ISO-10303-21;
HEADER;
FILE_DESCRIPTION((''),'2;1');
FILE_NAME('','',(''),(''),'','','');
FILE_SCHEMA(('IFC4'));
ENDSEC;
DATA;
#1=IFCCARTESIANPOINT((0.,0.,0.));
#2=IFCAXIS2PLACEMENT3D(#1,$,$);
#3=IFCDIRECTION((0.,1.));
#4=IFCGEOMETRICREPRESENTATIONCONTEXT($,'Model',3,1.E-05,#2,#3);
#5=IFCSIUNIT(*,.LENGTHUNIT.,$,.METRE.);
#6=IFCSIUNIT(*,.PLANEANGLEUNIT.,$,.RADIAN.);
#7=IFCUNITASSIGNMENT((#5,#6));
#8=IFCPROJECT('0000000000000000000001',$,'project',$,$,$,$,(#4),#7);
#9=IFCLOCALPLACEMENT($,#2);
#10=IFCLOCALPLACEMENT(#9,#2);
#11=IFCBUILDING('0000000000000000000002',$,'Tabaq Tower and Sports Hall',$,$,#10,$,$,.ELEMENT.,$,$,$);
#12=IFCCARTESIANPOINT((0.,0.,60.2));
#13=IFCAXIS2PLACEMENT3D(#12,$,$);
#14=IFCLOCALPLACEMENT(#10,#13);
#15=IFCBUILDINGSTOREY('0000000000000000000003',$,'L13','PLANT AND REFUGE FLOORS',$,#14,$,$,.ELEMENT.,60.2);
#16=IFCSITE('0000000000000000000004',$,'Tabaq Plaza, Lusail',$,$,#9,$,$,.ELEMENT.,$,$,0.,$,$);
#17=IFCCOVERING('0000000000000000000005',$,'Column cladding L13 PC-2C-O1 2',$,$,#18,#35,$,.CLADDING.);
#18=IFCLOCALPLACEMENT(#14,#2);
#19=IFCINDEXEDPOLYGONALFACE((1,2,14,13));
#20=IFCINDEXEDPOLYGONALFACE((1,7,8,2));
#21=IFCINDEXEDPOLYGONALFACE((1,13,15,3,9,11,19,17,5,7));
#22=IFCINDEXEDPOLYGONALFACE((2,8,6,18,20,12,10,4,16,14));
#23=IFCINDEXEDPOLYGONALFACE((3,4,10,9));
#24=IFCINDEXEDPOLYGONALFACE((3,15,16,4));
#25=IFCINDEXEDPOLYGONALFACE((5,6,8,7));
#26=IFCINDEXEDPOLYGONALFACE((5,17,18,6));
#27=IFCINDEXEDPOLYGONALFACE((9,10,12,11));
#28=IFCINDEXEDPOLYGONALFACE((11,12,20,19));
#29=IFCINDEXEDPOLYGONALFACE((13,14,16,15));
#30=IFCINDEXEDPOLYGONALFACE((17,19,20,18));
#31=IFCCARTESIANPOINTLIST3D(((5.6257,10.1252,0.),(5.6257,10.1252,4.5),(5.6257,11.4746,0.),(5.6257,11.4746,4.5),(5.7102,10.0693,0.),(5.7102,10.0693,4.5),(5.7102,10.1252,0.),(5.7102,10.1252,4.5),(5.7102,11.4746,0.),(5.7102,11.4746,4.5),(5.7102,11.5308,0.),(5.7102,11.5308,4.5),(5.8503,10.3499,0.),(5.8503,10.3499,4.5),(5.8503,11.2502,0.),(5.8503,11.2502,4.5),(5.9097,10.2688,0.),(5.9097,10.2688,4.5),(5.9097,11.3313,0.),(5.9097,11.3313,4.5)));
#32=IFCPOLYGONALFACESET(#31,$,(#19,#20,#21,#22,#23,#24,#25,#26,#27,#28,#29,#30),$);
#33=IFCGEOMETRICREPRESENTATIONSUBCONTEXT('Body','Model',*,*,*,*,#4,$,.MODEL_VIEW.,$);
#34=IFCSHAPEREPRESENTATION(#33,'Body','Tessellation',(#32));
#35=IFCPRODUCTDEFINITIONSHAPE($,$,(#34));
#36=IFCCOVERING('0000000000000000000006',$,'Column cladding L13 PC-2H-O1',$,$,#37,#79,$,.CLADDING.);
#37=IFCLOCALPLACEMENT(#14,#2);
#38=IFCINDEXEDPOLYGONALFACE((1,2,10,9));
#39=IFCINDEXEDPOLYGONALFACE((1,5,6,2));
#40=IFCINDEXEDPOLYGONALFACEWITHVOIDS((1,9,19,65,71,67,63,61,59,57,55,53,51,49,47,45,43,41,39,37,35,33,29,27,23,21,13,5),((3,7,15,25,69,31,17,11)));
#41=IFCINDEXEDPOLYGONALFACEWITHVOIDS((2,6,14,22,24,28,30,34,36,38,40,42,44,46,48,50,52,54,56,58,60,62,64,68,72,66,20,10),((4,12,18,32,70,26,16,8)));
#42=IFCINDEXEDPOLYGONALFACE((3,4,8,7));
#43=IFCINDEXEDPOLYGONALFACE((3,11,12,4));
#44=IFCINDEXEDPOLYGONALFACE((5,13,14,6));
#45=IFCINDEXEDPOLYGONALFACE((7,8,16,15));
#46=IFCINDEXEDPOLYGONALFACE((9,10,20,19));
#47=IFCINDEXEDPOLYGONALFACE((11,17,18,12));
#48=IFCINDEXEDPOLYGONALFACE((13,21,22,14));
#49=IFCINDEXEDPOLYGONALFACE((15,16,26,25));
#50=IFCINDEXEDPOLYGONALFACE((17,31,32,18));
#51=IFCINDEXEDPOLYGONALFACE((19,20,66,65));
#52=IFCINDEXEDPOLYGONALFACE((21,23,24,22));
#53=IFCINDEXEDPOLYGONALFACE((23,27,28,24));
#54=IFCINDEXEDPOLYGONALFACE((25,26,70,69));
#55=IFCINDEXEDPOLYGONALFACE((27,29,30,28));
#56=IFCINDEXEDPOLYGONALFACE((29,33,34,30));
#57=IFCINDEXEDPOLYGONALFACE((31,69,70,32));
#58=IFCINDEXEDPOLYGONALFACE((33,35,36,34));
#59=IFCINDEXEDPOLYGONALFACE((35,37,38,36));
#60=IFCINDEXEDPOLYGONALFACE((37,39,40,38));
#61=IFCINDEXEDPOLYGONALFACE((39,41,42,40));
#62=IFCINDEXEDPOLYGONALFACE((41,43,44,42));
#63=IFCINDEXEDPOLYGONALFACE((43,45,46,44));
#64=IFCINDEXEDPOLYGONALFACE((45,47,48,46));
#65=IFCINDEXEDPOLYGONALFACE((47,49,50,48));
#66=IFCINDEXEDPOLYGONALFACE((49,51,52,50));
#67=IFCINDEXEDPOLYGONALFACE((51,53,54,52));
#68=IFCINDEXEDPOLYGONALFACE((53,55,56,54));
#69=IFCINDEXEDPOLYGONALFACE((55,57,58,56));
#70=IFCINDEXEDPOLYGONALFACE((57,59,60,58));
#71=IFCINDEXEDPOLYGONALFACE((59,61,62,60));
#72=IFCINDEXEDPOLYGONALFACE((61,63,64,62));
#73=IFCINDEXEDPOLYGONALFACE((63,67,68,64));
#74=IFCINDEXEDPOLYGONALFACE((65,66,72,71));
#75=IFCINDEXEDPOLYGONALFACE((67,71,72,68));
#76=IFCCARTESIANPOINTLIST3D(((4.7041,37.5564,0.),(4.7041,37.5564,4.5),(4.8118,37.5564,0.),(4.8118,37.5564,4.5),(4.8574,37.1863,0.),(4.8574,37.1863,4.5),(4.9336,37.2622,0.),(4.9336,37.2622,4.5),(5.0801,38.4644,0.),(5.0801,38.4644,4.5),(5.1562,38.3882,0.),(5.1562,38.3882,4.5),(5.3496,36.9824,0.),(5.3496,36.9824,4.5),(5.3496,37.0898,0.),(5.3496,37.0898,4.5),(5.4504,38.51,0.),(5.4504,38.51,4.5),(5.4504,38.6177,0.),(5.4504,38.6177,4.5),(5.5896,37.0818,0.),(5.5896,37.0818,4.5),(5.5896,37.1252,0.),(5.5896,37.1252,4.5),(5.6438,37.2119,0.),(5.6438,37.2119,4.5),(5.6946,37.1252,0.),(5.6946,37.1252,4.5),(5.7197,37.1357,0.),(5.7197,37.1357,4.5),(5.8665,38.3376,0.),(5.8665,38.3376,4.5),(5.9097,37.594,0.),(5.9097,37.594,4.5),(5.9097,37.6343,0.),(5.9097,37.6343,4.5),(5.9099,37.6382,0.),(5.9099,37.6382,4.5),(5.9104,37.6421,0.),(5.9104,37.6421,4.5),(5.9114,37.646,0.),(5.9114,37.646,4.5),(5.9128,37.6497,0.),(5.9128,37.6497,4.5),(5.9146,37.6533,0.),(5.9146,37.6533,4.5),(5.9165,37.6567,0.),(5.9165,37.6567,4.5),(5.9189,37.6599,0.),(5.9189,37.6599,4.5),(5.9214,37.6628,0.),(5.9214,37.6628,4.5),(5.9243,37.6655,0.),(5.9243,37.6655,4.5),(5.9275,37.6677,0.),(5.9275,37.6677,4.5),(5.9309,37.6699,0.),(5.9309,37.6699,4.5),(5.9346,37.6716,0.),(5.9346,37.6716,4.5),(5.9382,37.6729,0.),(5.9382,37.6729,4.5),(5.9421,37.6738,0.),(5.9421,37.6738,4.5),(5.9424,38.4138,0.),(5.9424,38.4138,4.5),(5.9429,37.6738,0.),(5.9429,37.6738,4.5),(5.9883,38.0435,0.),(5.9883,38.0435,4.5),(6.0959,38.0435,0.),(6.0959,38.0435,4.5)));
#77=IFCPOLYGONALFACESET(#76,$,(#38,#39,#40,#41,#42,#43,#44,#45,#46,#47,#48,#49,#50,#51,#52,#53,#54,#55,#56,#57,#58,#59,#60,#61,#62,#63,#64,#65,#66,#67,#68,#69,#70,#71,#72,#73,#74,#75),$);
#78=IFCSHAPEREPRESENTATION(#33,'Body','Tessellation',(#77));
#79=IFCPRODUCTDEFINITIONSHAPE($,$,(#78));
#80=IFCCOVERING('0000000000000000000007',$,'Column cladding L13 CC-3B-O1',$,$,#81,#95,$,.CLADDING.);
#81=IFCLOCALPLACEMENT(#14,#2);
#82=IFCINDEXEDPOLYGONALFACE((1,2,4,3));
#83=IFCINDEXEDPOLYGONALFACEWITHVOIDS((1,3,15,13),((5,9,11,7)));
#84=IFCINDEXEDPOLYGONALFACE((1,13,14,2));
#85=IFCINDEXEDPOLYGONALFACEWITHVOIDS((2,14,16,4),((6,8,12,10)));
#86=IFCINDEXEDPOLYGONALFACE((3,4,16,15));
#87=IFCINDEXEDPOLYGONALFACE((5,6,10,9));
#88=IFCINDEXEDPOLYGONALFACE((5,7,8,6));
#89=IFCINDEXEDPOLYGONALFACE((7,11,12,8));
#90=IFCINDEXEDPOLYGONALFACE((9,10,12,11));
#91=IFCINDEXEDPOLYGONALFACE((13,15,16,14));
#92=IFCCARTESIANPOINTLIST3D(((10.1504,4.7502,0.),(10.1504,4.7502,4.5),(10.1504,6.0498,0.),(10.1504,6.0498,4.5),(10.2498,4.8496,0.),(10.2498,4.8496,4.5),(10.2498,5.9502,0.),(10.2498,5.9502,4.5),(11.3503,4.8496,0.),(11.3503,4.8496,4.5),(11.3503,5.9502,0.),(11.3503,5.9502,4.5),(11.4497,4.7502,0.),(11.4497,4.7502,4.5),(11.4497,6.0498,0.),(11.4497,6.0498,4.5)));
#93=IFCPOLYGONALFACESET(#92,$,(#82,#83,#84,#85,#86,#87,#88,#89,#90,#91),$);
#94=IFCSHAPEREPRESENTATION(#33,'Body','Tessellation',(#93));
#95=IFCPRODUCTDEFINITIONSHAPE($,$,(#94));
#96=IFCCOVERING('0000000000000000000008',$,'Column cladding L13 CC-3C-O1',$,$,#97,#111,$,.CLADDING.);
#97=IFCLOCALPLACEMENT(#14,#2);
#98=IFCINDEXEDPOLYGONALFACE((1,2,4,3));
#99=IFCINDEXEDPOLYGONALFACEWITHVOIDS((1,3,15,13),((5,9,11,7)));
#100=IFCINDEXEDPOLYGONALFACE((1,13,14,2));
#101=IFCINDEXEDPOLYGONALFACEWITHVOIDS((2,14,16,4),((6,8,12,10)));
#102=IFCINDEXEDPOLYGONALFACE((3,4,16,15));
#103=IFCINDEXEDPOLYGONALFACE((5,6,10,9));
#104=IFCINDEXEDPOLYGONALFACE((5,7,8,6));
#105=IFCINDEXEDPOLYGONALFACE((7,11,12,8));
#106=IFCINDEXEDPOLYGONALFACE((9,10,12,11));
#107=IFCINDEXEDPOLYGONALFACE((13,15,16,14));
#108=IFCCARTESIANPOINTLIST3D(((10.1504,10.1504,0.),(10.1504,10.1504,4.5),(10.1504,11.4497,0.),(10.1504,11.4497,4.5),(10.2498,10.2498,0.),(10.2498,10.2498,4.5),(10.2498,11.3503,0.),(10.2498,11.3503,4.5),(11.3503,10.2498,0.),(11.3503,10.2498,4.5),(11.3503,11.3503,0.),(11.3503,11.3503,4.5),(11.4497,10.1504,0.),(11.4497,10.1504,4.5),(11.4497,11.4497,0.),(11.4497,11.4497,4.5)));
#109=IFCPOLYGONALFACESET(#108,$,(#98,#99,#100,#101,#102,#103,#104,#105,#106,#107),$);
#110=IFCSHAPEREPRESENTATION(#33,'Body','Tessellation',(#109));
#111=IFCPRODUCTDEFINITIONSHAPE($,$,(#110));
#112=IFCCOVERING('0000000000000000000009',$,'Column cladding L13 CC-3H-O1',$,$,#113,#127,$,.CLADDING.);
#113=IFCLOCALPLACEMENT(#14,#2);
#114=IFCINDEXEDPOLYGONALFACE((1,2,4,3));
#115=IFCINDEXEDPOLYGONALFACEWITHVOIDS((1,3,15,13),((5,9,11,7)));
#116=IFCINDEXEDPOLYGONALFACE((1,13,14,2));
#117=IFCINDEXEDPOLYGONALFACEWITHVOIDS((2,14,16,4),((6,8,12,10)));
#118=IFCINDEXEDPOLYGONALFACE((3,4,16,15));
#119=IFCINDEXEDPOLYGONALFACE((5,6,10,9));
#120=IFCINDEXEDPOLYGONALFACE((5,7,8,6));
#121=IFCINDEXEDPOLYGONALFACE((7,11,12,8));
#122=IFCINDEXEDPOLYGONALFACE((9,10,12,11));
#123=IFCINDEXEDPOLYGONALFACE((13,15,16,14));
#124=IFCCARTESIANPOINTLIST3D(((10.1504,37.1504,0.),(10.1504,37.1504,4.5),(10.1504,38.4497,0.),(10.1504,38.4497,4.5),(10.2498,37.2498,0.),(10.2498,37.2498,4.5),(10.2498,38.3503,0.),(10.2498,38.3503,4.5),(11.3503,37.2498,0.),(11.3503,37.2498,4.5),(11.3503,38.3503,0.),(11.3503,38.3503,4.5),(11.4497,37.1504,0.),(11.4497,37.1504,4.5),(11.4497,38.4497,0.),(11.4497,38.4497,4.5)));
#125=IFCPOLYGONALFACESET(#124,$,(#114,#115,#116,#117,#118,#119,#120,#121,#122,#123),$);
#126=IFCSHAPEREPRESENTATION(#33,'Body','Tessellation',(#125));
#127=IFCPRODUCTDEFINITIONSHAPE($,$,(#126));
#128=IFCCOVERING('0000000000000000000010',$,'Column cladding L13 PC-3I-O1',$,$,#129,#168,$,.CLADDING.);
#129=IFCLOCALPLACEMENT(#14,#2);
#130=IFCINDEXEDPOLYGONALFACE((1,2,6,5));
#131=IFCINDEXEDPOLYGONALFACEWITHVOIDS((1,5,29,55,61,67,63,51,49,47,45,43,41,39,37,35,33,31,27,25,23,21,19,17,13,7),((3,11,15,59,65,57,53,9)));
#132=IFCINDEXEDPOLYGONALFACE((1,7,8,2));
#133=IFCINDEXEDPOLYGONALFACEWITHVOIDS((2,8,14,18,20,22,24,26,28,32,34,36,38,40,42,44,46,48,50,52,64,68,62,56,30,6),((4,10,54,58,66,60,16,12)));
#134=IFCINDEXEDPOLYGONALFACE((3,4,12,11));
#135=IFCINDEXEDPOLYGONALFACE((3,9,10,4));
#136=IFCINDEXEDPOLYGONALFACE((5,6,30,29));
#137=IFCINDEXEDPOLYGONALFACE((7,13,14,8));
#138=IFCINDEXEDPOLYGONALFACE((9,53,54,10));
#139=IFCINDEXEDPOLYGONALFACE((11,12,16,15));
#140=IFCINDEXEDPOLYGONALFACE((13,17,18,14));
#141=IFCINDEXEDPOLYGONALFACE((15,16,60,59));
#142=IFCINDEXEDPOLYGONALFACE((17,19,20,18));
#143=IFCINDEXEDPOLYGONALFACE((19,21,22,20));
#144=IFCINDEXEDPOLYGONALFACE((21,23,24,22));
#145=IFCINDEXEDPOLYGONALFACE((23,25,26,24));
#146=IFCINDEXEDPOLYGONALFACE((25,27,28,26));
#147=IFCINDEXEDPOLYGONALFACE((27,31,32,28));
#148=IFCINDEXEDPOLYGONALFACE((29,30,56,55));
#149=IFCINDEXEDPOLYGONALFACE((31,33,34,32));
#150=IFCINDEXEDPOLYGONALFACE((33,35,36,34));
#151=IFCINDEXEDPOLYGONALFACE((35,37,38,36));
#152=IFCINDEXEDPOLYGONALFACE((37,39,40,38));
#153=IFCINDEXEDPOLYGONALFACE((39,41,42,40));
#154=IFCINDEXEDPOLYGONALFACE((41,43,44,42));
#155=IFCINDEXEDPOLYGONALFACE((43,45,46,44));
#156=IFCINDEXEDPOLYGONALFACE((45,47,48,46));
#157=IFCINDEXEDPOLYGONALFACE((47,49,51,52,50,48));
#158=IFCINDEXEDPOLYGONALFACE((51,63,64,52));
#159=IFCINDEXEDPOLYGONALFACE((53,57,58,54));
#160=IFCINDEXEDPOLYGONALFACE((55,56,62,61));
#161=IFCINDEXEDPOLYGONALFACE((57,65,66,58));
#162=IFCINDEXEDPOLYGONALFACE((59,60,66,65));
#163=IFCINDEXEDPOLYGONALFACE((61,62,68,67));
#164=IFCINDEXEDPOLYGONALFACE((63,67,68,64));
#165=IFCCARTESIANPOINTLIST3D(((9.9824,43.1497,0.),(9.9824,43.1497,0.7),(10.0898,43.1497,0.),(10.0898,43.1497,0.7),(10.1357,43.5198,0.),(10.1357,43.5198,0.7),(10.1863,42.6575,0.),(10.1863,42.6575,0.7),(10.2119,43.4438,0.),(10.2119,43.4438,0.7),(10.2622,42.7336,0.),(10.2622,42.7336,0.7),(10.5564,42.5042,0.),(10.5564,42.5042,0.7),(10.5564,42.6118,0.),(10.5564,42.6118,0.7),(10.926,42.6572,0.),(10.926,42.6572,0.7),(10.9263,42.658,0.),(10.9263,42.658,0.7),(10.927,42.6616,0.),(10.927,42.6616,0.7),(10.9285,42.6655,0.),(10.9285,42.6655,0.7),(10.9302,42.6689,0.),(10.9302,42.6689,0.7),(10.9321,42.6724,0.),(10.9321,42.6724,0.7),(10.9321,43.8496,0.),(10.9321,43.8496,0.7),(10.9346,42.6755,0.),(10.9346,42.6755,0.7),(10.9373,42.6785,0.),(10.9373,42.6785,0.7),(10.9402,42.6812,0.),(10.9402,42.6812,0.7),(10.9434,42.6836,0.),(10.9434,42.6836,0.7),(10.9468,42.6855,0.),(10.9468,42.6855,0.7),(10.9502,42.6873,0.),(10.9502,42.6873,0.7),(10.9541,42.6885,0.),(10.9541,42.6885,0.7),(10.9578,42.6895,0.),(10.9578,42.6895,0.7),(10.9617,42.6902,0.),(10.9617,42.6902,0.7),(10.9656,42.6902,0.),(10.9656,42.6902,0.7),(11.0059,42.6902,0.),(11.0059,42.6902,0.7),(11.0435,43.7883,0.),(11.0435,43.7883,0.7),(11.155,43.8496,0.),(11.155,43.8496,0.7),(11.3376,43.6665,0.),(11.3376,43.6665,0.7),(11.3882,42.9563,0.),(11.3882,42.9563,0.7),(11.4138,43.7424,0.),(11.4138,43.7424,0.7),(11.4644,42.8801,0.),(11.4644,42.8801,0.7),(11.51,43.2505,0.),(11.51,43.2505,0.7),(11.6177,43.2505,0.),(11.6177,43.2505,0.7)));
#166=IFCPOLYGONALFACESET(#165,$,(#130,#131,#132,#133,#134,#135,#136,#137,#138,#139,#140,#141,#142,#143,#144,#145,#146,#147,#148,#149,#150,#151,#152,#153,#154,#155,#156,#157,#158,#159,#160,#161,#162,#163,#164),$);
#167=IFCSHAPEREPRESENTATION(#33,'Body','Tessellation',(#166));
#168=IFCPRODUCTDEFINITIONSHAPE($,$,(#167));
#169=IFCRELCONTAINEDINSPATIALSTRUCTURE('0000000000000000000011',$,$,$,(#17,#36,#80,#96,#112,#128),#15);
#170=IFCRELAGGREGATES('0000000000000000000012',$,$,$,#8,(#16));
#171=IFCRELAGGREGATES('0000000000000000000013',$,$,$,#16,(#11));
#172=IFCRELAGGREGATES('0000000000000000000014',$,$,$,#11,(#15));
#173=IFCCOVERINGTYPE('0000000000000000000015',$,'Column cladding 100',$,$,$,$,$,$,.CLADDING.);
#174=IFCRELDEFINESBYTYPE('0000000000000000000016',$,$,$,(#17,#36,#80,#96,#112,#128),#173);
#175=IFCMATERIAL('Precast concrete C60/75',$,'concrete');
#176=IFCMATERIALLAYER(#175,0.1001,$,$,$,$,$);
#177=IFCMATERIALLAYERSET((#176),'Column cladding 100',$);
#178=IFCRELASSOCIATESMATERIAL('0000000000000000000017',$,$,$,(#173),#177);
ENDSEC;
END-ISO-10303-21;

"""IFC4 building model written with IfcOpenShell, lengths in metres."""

from ifc_helpers import new_model, si_unit, direction, frame, origin, place, context, subcontext, project, spatial, polyline, outline, extrude, material, layer, layer_set, type_object, element, save


model = new_model("IFC4")

# Units and contexts
model_context = context("Model", 3, precision=1e-05, world=origin(), true_north=direction((0.0, 1.0)))
body_context = subcontext(model_context, "Body", "Model", "MODEL_VIEW")
ifc_project = project(units=[si_unit("LENGTHUNIT", "METRE"), si_unit("PLANEANGLEUNIT", "RADIAN")], contexts=[model_context])

# Site, building, storey
site_placement = place(None, origin())
site = spatial("IfcSite", under=ifc_project, at=site_placement, Name="Tabaq Plaza, Lusail", CompositionType="ELEMENT", RefElevation=0.0)
building_placement = place(site_placement, origin())
building = spatial("IfcBuilding", under=site, at=building_placement, Name="Tabaq Tower and Sports Hall", CompositionType="ELEMENT")
storey_placement = place(building_placement, frame((0.0, 0.0, 60.2)))
storey = spatial("IfcBuildingStorey", under=building, at=storey_placement, Name="L13", Description="PLANT AND REFUGE FLOORS", CompositionType="ELEMENT", Elevation=60.2)

# Coverings
ifc_material_1 = material(Name="Precast concrete C60/75", Category="concrete")
ifc_layer_1 = layer(ifc_material_1, 0.1001)
ifc_layer_set_1 = layer_set([ifc_layer_1], Name="Column cladding 100")
covering_type = type_object("IfcCoveringType", Name="Column cladding 100", PredefinedType="CLADDING", material=ifc_layer_set_1)
covering_1_placement = place(storey_placement, origin())
element("IfcCovering", 1, at=covering_1_placement, inside=storey, type_object=covering_type, Name="Column cladding L13 PC-2C-O1 2", PredefinedType="CLADDING", context=body_context, shape_type="SweptSolid", body=[
    extrude(outline(polyline([(5.9097, 11.3313), (5.9097, 10.2688), (5.7102, 10.0693), (5.7102, 10.1252), (5.6257, 10.1252), (5.8503, 10.3499), (5.8503, 11.2502), (5.6257, 11.4746), (5.7102, 11.4746), (5.7102, 11.5308), (5.9097, 11.3313)])), origin(), (0.0, 0.0, 1.0), 4.5),
])
covering_2_placement = place(storey_placement, origin())
element("IfcCovering", 2, at=covering_2_placement, inside=storey, type_object=covering_type, Name="Column cladding L13 PC-2H-O1", PredefinedType="CLADDING", context=body_context, shape_type="SweptSolid", body=[
    extrude(outline(polyline([(4.8574, 37.1863), (4.7041, 37.5564), (5.0801, 38.4644), (5.4504, 38.6177), (5.9424, 38.4138), (6.0959, 38.0435), (5.9429, 37.6738), (5.9421, 37.6738), (5.9382, 37.6729), (5.9346, 37.6716), (5.9309, 37.6699), (5.9275, 37.6677), (5.9243, 37.6655), (5.9214, 37.6628), (5.9189, 37.6599), (5.9165, 37.6567), (5.9146, 37.6533), (5.9128, 37.6497), (5.9114, 37.646), (5.9104, 37.6421), (5.9099, 37.6382), (5.9097, 37.6343), (5.9097, 37.594), (5.7197, 37.1357), (5.6946, 37.1252), (5.5896, 37.1252), (5.5896, 37.0818), (5.3496, 36.9824), (4.8574, 37.1863)]), holes=[polyline([(5.8665, 38.3376), (5.4504, 38.51), (5.1562, 38.3882), (4.8118, 37.5564), (4.9336, 37.2622), (5.3496, 37.0898), (5.6438, 37.2119), (5.9883, 38.0435), (5.8665, 38.3376)])]), origin(), (0.0, 0.0, 1.0), 4.5),
])
covering_3_placement = place(storey_placement, origin())
element("IfcCovering", 3, at=covering_3_placement, inside=storey, type_object=covering_type, Name="Column cladding L13 CC-3B-O1", PredefinedType="CLADDING", context=body_context, shape_type="SweptSolid", body=[
    extrude(outline(polyline([(10.1504, 6.0498), (11.4497, 6.0498), (11.4497, 4.7502), (10.1504, 4.7502), (10.1504, 6.0498)]), holes=[polyline([(11.3503, 4.8496), (11.3503, 5.9502), (10.2498, 5.9502), (10.2498, 4.8496), (11.3503, 4.8496)])]), origin(), (0.0, 0.0, 1.0), 4.5),
])
covering_4_placement = place(storey_placement, origin())
element("IfcCovering", 4, at=covering_4_placement, inside=storey, type_object=covering_type, Name="Column cladding L13 CC-3C-O1", PredefinedType="CLADDING", context=body_context, shape_type="SweptSolid", body=[
    extrude(outline(polyline([(10.1504, 11.4497), (11.4497, 11.4497), (11.4497, 10.1504), (10.1504, 10.1504), (10.1504, 11.4497)]), holes=[polyline([(11.3503, 10.2498), (11.3503, 11.3503), (10.2498, 11.3503), (10.2498, 10.2498), (11.3503, 10.2498)])]), origin(), (0.0, 0.0, 1.0), 4.5),
])
covering_5_placement = place(storey_placement, origin())
element("IfcCovering", 5, at=covering_5_placement, inside=storey, type_object=covering_type, Name="Column cladding L13 CC-3H-O1", PredefinedType="CLADDING", context=body_context, shape_type="SweptSolid", body=[
    extrude(outline(polyline([(10.1504, 38.4497), (11.4497, 38.4497), (11.4497, 37.1504), (10.1504, 37.1504), (10.1504, 38.4497)]), holes=[polyline([(11.3503, 37.2498), (11.3503, 38.3503), (10.2498, 38.3503), (10.2498, 37.2498), (11.3503, 37.2498)])]), origin(), (0.0, 0.0, 1.0), 4.5),
])
covering_6_placement = place(storey_placement, origin())
element("IfcCovering", 6, at=covering_6_placement, inside=storey, type_object=covering_type, Name="Column cladding L13 PC-3I-O1", PredefinedType="CLADDING", context=body_context, shape_type="SweptSolid", body=[
    extrude(outline(polyline([(9.9824, 43.1497), (10.1357, 43.5198), (10.9321, 43.8496), (11.155, 43.8496), (11.4138, 43.7424), (11.6177, 43.2505), (11.4644, 42.8801), (11.0059, 42.6902), (10.9656, 42.6902), (10.9617, 42.6902), (10.9578, 42.6895), (10.9541, 42.6885), (10.9502, 42.6873), (10.9468, 42.6855), (10.9434, 42.6836), (10.9402, 42.6812), (10.9373, 42.6785), (10.9346, 42.6755), (10.9321, 42.6724), (10.9302, 42.6689), (10.9285, 42.6655), (10.927, 42.6616), (10.9263, 42.658), (10.926, 42.6572), (10.5564, 42.5042), (10.1863, 42.6575), (9.9824, 43.1497)]), holes=[polyline([(11.51, 43.2505), (11.3376, 43.6665), (11.0435, 43.7883), (10.2119, 43.4438), (10.0898, 43.1497), (10.2622, 42.7336), (10.5564, 42.6118), (11.3882, 42.9563), (11.51, 43.2505)])]), origin(), (0.0, 0.0, 1.0), 0.7),
])

save(model, "model.ifc")
